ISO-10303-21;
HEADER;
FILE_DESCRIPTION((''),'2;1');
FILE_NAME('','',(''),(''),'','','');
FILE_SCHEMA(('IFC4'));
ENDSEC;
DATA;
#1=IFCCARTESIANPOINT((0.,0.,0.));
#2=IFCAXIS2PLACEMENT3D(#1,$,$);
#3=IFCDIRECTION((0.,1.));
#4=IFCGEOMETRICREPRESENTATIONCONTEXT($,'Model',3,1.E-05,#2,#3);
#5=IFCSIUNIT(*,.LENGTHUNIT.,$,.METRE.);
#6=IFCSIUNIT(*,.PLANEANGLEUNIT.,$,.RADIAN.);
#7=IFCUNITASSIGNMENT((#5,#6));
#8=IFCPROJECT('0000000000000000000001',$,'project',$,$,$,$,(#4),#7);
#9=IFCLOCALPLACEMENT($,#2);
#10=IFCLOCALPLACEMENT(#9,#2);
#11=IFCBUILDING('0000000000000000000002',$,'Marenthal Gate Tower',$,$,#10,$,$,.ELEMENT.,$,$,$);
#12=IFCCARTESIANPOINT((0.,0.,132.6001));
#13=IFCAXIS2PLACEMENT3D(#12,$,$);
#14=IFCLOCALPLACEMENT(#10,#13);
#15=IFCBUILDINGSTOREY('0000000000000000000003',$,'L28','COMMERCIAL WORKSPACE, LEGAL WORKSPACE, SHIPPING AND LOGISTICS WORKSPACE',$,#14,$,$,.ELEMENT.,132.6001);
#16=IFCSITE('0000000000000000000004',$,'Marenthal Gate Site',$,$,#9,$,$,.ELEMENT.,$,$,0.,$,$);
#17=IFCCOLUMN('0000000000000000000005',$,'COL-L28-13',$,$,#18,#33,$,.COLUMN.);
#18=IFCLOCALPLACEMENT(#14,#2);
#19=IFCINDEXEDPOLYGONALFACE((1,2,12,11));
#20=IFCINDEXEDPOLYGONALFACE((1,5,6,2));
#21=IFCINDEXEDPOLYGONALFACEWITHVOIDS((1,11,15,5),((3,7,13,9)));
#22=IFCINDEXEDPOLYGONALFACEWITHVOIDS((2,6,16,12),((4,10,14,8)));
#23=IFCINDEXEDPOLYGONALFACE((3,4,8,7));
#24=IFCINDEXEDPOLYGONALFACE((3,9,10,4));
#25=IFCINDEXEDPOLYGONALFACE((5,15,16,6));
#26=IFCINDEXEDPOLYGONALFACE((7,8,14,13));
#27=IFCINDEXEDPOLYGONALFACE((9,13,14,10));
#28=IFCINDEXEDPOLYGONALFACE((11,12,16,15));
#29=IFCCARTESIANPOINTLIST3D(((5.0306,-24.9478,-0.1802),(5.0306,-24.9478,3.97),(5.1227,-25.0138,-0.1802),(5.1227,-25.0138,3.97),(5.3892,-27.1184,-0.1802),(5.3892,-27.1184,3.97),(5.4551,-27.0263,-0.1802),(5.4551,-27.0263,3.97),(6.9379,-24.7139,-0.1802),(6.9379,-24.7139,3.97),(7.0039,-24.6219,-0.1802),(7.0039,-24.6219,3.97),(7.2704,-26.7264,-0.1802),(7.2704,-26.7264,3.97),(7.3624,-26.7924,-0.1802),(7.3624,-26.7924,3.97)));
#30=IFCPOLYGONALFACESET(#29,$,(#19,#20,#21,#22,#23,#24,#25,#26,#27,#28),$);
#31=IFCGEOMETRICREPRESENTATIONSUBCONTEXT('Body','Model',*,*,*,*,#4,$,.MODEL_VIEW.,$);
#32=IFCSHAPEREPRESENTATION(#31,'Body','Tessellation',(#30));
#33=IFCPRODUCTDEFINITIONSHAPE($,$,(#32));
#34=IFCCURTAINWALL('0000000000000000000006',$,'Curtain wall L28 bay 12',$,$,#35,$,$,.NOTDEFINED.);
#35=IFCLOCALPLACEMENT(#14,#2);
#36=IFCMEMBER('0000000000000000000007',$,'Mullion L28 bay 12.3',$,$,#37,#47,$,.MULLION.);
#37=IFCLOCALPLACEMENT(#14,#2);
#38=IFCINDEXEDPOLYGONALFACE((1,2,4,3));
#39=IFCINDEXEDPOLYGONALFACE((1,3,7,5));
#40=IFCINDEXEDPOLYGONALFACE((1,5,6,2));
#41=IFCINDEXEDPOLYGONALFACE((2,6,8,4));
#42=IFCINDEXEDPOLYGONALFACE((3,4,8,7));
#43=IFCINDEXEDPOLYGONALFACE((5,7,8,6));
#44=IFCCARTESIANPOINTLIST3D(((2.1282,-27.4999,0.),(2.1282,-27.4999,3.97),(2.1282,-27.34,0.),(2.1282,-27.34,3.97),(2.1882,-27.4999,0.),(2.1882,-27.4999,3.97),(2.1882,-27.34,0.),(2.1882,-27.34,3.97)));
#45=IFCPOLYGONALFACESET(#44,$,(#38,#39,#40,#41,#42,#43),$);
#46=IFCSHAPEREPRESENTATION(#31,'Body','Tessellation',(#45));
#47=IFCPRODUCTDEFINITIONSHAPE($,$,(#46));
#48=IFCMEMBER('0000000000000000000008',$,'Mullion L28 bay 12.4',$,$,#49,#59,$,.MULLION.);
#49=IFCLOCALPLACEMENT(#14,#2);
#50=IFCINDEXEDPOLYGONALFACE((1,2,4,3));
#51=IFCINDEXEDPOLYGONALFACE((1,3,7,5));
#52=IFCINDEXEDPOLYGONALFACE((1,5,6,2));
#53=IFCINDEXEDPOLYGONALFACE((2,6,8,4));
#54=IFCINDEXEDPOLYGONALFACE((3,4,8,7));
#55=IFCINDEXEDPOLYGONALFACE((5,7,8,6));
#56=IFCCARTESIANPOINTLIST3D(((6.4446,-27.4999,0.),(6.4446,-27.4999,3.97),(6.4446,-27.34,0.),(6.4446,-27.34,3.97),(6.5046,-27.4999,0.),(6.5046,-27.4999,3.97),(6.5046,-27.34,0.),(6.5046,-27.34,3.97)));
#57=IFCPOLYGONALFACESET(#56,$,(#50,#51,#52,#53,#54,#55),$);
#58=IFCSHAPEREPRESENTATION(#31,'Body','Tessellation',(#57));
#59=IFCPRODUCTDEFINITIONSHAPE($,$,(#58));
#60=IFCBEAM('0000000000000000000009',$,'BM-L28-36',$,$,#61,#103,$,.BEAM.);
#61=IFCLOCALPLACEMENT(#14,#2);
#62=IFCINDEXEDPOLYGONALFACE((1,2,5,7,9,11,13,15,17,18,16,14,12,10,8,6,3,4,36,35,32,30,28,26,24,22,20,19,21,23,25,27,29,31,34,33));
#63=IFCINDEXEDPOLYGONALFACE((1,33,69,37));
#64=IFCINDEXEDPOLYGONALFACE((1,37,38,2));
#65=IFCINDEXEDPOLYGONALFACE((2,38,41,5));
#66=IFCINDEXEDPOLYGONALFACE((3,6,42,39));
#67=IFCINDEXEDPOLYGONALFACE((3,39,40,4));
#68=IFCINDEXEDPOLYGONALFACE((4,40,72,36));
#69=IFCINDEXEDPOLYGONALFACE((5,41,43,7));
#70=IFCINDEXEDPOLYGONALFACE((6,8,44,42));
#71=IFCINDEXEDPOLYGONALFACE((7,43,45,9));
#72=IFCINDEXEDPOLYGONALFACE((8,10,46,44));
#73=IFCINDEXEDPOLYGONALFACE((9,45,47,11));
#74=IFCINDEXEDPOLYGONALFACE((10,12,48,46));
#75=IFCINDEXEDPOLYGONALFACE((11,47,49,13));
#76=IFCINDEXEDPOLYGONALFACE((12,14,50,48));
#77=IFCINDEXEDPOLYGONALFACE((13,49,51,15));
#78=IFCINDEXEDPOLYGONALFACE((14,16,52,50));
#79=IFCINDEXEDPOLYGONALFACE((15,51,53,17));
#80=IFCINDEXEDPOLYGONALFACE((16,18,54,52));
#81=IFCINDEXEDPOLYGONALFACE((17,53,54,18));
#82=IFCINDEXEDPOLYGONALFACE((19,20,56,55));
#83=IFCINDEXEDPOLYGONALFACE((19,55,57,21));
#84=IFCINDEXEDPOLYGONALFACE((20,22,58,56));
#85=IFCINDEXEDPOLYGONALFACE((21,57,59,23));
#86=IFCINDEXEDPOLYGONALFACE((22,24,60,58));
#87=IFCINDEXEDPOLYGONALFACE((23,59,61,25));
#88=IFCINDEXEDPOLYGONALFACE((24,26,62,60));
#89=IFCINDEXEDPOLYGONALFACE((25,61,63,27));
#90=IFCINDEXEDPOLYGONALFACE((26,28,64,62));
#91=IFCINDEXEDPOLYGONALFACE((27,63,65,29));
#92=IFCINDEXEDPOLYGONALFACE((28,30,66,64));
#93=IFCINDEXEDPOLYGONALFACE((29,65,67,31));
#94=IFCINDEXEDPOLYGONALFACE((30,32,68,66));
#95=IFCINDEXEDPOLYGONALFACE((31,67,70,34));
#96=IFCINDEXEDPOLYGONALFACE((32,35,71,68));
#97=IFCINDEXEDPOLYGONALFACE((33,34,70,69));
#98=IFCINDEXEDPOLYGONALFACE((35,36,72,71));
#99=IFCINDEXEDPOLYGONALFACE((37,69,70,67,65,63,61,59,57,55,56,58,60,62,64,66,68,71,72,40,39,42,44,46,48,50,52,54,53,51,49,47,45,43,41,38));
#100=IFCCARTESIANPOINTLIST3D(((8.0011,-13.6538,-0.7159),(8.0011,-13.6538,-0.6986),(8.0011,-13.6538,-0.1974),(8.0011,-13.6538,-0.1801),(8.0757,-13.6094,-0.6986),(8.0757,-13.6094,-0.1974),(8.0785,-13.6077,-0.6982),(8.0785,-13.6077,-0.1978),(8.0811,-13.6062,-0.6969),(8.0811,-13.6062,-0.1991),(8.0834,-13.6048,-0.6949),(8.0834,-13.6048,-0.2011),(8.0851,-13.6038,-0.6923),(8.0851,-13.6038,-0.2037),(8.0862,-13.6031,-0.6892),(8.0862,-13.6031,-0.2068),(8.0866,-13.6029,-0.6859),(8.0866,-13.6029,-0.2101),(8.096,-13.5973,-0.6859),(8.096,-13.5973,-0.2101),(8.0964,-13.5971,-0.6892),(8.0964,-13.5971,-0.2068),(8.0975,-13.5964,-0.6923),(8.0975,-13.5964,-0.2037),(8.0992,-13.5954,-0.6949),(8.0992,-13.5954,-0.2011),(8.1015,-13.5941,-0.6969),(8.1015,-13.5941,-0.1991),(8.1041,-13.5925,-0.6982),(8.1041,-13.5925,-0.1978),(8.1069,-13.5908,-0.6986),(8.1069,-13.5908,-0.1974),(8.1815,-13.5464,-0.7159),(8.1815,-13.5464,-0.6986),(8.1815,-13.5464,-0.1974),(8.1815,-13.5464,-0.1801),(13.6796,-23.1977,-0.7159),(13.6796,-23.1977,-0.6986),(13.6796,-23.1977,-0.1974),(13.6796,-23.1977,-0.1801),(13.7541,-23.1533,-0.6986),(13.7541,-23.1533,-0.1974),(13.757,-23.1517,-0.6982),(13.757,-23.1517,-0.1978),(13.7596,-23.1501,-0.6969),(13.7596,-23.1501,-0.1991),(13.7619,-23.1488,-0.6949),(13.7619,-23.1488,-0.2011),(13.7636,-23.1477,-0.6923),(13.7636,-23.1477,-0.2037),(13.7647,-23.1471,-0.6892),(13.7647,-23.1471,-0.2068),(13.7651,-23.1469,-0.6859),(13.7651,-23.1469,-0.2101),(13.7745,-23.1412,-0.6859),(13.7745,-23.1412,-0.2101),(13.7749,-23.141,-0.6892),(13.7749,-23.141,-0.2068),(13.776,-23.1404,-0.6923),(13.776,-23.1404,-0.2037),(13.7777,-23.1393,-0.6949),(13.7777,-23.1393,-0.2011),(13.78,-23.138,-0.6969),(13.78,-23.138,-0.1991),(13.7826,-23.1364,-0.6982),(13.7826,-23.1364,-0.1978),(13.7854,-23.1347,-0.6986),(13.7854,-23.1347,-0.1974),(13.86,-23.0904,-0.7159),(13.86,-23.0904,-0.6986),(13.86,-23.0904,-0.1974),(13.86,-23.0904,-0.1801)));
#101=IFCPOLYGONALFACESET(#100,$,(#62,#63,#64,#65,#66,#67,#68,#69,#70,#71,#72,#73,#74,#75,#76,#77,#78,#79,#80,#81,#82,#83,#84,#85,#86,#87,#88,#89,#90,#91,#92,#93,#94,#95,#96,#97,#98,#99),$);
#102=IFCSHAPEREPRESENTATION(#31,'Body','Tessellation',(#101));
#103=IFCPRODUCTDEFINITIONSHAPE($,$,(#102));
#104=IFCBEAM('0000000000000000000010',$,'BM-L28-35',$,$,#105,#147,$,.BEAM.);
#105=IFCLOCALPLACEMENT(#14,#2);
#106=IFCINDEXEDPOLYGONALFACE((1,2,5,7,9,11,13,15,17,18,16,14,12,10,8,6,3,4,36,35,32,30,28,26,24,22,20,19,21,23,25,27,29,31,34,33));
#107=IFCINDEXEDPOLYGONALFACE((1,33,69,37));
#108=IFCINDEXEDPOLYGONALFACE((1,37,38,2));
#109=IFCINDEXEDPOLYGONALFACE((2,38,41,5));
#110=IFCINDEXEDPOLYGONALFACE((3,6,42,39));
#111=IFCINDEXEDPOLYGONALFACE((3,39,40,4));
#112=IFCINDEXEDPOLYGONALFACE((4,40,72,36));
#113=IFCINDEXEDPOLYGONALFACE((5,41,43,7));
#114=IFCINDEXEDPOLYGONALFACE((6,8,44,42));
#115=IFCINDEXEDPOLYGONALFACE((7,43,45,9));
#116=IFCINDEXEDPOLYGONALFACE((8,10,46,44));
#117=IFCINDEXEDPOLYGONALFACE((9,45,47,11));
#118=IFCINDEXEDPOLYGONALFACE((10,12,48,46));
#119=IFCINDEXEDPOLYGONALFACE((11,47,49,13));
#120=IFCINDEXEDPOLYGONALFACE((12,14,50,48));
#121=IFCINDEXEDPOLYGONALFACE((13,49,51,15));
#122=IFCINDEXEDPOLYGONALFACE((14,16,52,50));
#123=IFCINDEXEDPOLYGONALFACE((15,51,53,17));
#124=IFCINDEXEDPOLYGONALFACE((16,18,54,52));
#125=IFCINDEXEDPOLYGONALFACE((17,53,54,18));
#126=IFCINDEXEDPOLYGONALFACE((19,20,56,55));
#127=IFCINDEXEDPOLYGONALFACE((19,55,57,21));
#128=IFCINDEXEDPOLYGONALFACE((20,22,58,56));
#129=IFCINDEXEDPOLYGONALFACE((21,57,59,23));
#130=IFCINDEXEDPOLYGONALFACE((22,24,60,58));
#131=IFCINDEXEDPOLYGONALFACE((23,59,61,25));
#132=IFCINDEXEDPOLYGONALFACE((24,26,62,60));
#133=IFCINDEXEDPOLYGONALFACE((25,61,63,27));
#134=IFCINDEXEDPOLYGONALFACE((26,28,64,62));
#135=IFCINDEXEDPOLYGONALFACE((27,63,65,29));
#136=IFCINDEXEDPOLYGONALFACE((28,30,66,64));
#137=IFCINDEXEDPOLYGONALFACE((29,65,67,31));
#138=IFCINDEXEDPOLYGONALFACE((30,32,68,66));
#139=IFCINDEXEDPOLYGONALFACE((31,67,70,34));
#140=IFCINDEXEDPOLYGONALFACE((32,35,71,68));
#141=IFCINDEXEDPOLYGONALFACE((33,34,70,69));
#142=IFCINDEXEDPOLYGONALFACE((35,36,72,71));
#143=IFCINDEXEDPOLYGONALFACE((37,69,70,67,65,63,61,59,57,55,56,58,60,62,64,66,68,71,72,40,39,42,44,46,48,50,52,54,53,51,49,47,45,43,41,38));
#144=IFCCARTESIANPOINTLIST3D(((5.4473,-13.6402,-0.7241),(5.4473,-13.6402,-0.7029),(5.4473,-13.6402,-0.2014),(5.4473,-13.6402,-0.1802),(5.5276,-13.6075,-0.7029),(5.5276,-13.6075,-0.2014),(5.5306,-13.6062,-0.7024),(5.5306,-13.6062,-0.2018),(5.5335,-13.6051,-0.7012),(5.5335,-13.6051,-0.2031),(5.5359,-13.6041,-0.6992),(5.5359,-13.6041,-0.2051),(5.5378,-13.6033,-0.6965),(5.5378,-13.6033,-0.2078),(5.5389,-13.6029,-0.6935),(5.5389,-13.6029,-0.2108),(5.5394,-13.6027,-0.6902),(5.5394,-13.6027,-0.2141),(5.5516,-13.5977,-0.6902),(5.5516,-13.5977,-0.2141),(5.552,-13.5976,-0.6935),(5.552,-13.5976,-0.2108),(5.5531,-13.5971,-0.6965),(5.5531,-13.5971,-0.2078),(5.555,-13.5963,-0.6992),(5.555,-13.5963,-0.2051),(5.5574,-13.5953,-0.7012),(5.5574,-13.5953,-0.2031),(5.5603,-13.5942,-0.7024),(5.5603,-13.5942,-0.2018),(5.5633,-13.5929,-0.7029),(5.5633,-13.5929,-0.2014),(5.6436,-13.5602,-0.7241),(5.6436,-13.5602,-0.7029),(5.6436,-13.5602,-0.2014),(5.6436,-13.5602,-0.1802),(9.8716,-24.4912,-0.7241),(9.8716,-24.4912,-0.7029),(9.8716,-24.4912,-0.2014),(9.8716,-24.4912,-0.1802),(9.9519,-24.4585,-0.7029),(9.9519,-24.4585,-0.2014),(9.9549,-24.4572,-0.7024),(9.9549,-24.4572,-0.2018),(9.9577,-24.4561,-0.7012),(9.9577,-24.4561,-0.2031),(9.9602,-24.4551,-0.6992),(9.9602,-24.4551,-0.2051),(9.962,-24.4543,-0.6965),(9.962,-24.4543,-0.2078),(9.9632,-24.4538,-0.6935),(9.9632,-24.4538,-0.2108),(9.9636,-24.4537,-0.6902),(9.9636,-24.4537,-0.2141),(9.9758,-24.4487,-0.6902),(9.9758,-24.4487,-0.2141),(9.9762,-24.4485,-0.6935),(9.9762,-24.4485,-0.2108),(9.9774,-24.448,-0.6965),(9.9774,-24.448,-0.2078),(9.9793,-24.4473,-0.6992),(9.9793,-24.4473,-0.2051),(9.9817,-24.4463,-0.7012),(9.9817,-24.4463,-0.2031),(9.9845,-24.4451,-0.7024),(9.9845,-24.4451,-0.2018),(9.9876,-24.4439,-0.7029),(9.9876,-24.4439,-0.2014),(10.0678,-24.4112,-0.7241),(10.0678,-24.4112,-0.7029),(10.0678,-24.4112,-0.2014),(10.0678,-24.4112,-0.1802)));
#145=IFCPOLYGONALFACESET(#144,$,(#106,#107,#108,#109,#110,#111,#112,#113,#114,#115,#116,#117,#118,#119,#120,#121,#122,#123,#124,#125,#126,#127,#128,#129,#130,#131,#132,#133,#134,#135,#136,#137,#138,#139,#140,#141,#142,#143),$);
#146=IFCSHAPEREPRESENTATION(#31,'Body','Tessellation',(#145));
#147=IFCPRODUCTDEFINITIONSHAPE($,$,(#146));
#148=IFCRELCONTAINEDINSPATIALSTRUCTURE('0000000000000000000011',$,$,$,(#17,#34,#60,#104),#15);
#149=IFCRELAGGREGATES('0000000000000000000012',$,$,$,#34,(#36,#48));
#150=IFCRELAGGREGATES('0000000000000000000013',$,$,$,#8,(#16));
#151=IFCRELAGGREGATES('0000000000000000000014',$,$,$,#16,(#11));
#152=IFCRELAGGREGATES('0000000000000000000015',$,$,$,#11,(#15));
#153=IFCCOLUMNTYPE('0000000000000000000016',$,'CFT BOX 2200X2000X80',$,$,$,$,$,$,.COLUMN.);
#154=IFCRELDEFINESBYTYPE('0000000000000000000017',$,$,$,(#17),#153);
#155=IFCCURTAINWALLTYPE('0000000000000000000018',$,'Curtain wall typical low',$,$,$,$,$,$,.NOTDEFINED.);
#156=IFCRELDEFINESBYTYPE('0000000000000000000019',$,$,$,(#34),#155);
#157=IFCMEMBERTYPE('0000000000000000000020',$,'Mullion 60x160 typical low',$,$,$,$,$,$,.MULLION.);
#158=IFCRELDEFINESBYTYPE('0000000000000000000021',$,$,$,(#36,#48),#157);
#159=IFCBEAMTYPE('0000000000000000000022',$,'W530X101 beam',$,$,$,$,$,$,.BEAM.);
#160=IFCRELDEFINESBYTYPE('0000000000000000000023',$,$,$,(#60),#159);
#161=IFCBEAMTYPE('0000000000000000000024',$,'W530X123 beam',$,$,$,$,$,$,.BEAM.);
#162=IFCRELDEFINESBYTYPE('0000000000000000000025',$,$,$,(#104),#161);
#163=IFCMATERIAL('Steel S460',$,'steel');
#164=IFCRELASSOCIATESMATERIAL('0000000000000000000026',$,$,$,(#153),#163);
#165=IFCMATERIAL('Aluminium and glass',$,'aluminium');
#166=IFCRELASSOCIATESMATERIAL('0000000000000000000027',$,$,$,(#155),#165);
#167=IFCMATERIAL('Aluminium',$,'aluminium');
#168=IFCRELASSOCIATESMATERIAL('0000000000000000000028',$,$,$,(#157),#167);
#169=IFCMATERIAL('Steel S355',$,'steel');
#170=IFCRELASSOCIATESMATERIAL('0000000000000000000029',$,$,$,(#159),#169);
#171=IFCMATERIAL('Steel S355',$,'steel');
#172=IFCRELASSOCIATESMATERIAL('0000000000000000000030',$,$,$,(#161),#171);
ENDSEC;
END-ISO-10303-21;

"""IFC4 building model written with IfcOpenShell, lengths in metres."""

from ifc_helpers import new_model, si_unit, direction, frame, origin, origin_2d, place, context, subcontext, project, spatial, rectangle, hollow_rectangle, i_section, extrude, material, material_profile, profile_set, type_object, element, aggregate, save


model = new_model("IFC4")

# Units and contexts
model_context = context("Model", 3, precision=1e-05, world=origin(), true_north=direction((0.0, 1.0)))
body_context = subcontext(model_context, "Body", "Model", "MODEL_VIEW")
ifc_project = project(units=[si_unit("LENGTHUNIT", "METRE"), si_unit("PLANEANGLEUNIT", "RADIAN")], contexts=[model_context])

# Site, building, storey
site_placement = place(None, origin())
site = spatial("IfcSite", under=ifc_project, at=site_placement, Name="Marenthal Gate Site", CompositionType="ELEMENT", RefElevation=0.0)
building_placement = place(site_placement, origin())
building = spatial("IfcBuilding", under=site, at=building_placement, Name="Marenthal Gate Tower", CompositionType="ELEMENT")
storey_placement = place(building_placement, frame((0.0, 0.0, 132.6001)))
storey = spatial("IfcBuildingStorey", under=building, at=storey_placement, Name="L28", Description="COMMERCIAL WORKSPACE, LEGAL WORKSPACE, SHIPPING AND LOGISTICS WORKSPACE", CompositionType="ELEMENT", Elevation=132.6001)

# Column
ifc_material_1 = material(Name="Steel S460", Category="steel")
ifc_material_profile_1 = material_profile(ifc_material_1, hollow_rectangle(XDim=2.0, YDim=2.2, WallThickness=0.0801, at=origin_2d()), Name="CFT BOX 2200X2000X80")
ifc_material_2 = material(Name="Concrete 70 MPa", Category="concrete")
ifc_material_profile_2 = material_profile(ifc_material_2, rectangle(XDim=1.8401, YDim=2.04, at=origin_2d()), Name="CFT BOX 2200X2000X80 INFILL")
ifc_profile_set_1 = profile_set([ifc_material_profile_1, ifc_material_profile_2], Name="Steel S460 shell, Concrete 70 MPa infill")
column_type = type_object("IfcColumnType", Name="CFT BOX 2200X2000X80", PredefinedType="COLUMN", material=ifc_profile_set_1)
column_placement = place(storey_placement, frame((6.1965, -25.8701, -0.1802), z_axis=(0.0, 0.0, 1.0), x_axis=(-0.986629, -0.16298, 0.0)))
element("IfcColumn", 1, at=column_placement, inside=storey, type_object=column_type, Name="COL-L28-13", PredefinedType="COLUMN", context=body_context, shape_type="SweptSolid", body=[
    extrude(hollow_rectangle(XDim=2.0, YDim=2.2, WallThickness=0.0801, at=origin_2d()), origin(), (0.0, 0.0, 1.0), 4.1501),
])

# Curtain wall, members
ifc_material_3 = material(Name="Aluminium and glass", Category="aluminium")
curtain_wall_type = type_object("IfcCurtainWallType", Name="Curtain wall typical low", PredefinedType="NOTDEFINED", material=ifc_material_3)
curtain_wall_placement = place(storey_placement, origin())
curtain_wall = element("IfcCurtainWall", 2, at=curtain_wall_placement, inside=storey, type_object=curtain_wall_type, Name="Curtain wall L28 bay 12", PredefinedType="NOTDEFINED")
ifc_material_4 = material(Name="Aluminium", Category="aluminium")
ifc_material_profile_3 = material_profile(ifc_material_4, rectangle(XDim=0.1599, YDim=0.0601, at=origin_2d()), Name="60x160 aluminium mullion")
ifc_profile_set_2 = profile_set([ifc_material_profile_3], Name="Aluminium")
member_type = type_object("IfcMemberType", Name="Mullion 60x160 typical low", PredefinedType="MULLION", material=ifc_profile_set_2)
member_1_placement = place(storey_placement, frame((2.1582, -27.4199, 0.0), z_axis=(0.0, 0.0, 1.0), x_axis=(0.0, 1.0, 0.0)))
member_1 = element("IfcMember", 3, at=member_1_placement, type_object=member_type, Name="Mullion L28 bay 12.3", PredefinedType="MULLION", context=body_context, shape_type="SweptSolid", body=[
    extrude(rectangle(XDim=0.1599, YDim=0.0601, at=origin_2d()), origin(), (0.0, 0.0, 1.0), 3.97),
])
member_2_placement = place(storey_placement, frame((6.4746, -27.4199, 0.0), z_axis=(0.0, 0.0, 1.0), x_axis=(0.0, 1.0, 0.0)))
member_2 = element("IfcMember", 4, at=member_2_placement, type_object=member_type, Name="Mullion L28 bay 12.4", PredefinedType="MULLION", context=body_context, shape_type="SweptSolid", body=[
    extrude(rectangle(XDim=0.1599, YDim=0.0601, at=origin_2d()), origin(), (0.0, 0.0, 1.0), 3.97),
])

# Beams
ifc_material_5 = material(Name="Steel S355", Category="steel")
ifc_material_profile_4 = material_profile(ifc_material_5, i_section(OverallWidth=0.21, OverallDepth=0.5359, WebThickness=0.011, FlangeThickness=0.0173, FilletRadius=0.0127, at=origin_2d()), Name="W530X101")
ifc_profile_set_3 = profile_set([ifc_material_profile_4], Name="Steel S355")
beam_type_1 = type_object("IfcBeamType", Name="W530X101 beam", PredefinedType="BEAM", material=ifc_profile_set_3)
beam_1_placement = place(storey_placement, frame((13.7698, -23.144, -0.448), z_axis=(-0.511321, 0.85939, 0.0), x_axis=(-0.85939, -0.511321, 0.0)))
element("IfcBeam", 5, at=beam_1_placement, inside=storey, type_object=beam_type_1, Name="BM-L28-36", PredefinedType="BEAM", context=body_context, shape_type="SweptSolid", body=[
    extrude(i_section(OverallWidth=0.21, OverallDepth=0.5359, WebThickness=0.011, FlangeThickness=0.0173, FilletRadius=0.0127, at=origin_2d()), origin(), (0.0, 0.0, 1.0), 11.1055),
])
ifc_material_6 = material(Name="Steel S355", Category="steel")
ifc_material_profile_5 = material_profile(ifc_material_6, i_section(OverallWidth=0.2119, OverallDepth=0.5439, WebThickness=0.0132, FlangeThickness=0.0212, FilletRadius=0.0127, at=origin_2d()), Name="W530X123")
ifc_profile_set_4 = profile_set([ifc_material_profile_5], Name="Steel S355")
beam_type_2 = type_object("IfcBeamType", Name="W530X123 beam", PredefinedType="BEAM", material=ifc_profile_set_4)
beam_2_placement = place(storey_placement, frame((9.9697, -24.4512, -0.4521), z_axis=(-0.377554, 0.925988, 0.0), x_axis=(-0.925988, -0.377554, 0.0)))
element("IfcBeam", 6, at=beam_2_placement, inside=storey, type_object=beam_type_2, Name="BM-L28-35", PredefinedType="BEAM", context=body_context, shape_type="SweptSolid", body=[
    extrude(i_section(OverallWidth=0.2119, OverallDepth=0.5439, WebThickness=0.0132, FlangeThickness=0.0212, FilletRadius=0.0127, at=origin_2d()), origin(), (0.0, 0.0, 1.0), 11.7183),
])

aggregate(curtain_wall, [member_1, member_2])

save(model, "model.ifc")
